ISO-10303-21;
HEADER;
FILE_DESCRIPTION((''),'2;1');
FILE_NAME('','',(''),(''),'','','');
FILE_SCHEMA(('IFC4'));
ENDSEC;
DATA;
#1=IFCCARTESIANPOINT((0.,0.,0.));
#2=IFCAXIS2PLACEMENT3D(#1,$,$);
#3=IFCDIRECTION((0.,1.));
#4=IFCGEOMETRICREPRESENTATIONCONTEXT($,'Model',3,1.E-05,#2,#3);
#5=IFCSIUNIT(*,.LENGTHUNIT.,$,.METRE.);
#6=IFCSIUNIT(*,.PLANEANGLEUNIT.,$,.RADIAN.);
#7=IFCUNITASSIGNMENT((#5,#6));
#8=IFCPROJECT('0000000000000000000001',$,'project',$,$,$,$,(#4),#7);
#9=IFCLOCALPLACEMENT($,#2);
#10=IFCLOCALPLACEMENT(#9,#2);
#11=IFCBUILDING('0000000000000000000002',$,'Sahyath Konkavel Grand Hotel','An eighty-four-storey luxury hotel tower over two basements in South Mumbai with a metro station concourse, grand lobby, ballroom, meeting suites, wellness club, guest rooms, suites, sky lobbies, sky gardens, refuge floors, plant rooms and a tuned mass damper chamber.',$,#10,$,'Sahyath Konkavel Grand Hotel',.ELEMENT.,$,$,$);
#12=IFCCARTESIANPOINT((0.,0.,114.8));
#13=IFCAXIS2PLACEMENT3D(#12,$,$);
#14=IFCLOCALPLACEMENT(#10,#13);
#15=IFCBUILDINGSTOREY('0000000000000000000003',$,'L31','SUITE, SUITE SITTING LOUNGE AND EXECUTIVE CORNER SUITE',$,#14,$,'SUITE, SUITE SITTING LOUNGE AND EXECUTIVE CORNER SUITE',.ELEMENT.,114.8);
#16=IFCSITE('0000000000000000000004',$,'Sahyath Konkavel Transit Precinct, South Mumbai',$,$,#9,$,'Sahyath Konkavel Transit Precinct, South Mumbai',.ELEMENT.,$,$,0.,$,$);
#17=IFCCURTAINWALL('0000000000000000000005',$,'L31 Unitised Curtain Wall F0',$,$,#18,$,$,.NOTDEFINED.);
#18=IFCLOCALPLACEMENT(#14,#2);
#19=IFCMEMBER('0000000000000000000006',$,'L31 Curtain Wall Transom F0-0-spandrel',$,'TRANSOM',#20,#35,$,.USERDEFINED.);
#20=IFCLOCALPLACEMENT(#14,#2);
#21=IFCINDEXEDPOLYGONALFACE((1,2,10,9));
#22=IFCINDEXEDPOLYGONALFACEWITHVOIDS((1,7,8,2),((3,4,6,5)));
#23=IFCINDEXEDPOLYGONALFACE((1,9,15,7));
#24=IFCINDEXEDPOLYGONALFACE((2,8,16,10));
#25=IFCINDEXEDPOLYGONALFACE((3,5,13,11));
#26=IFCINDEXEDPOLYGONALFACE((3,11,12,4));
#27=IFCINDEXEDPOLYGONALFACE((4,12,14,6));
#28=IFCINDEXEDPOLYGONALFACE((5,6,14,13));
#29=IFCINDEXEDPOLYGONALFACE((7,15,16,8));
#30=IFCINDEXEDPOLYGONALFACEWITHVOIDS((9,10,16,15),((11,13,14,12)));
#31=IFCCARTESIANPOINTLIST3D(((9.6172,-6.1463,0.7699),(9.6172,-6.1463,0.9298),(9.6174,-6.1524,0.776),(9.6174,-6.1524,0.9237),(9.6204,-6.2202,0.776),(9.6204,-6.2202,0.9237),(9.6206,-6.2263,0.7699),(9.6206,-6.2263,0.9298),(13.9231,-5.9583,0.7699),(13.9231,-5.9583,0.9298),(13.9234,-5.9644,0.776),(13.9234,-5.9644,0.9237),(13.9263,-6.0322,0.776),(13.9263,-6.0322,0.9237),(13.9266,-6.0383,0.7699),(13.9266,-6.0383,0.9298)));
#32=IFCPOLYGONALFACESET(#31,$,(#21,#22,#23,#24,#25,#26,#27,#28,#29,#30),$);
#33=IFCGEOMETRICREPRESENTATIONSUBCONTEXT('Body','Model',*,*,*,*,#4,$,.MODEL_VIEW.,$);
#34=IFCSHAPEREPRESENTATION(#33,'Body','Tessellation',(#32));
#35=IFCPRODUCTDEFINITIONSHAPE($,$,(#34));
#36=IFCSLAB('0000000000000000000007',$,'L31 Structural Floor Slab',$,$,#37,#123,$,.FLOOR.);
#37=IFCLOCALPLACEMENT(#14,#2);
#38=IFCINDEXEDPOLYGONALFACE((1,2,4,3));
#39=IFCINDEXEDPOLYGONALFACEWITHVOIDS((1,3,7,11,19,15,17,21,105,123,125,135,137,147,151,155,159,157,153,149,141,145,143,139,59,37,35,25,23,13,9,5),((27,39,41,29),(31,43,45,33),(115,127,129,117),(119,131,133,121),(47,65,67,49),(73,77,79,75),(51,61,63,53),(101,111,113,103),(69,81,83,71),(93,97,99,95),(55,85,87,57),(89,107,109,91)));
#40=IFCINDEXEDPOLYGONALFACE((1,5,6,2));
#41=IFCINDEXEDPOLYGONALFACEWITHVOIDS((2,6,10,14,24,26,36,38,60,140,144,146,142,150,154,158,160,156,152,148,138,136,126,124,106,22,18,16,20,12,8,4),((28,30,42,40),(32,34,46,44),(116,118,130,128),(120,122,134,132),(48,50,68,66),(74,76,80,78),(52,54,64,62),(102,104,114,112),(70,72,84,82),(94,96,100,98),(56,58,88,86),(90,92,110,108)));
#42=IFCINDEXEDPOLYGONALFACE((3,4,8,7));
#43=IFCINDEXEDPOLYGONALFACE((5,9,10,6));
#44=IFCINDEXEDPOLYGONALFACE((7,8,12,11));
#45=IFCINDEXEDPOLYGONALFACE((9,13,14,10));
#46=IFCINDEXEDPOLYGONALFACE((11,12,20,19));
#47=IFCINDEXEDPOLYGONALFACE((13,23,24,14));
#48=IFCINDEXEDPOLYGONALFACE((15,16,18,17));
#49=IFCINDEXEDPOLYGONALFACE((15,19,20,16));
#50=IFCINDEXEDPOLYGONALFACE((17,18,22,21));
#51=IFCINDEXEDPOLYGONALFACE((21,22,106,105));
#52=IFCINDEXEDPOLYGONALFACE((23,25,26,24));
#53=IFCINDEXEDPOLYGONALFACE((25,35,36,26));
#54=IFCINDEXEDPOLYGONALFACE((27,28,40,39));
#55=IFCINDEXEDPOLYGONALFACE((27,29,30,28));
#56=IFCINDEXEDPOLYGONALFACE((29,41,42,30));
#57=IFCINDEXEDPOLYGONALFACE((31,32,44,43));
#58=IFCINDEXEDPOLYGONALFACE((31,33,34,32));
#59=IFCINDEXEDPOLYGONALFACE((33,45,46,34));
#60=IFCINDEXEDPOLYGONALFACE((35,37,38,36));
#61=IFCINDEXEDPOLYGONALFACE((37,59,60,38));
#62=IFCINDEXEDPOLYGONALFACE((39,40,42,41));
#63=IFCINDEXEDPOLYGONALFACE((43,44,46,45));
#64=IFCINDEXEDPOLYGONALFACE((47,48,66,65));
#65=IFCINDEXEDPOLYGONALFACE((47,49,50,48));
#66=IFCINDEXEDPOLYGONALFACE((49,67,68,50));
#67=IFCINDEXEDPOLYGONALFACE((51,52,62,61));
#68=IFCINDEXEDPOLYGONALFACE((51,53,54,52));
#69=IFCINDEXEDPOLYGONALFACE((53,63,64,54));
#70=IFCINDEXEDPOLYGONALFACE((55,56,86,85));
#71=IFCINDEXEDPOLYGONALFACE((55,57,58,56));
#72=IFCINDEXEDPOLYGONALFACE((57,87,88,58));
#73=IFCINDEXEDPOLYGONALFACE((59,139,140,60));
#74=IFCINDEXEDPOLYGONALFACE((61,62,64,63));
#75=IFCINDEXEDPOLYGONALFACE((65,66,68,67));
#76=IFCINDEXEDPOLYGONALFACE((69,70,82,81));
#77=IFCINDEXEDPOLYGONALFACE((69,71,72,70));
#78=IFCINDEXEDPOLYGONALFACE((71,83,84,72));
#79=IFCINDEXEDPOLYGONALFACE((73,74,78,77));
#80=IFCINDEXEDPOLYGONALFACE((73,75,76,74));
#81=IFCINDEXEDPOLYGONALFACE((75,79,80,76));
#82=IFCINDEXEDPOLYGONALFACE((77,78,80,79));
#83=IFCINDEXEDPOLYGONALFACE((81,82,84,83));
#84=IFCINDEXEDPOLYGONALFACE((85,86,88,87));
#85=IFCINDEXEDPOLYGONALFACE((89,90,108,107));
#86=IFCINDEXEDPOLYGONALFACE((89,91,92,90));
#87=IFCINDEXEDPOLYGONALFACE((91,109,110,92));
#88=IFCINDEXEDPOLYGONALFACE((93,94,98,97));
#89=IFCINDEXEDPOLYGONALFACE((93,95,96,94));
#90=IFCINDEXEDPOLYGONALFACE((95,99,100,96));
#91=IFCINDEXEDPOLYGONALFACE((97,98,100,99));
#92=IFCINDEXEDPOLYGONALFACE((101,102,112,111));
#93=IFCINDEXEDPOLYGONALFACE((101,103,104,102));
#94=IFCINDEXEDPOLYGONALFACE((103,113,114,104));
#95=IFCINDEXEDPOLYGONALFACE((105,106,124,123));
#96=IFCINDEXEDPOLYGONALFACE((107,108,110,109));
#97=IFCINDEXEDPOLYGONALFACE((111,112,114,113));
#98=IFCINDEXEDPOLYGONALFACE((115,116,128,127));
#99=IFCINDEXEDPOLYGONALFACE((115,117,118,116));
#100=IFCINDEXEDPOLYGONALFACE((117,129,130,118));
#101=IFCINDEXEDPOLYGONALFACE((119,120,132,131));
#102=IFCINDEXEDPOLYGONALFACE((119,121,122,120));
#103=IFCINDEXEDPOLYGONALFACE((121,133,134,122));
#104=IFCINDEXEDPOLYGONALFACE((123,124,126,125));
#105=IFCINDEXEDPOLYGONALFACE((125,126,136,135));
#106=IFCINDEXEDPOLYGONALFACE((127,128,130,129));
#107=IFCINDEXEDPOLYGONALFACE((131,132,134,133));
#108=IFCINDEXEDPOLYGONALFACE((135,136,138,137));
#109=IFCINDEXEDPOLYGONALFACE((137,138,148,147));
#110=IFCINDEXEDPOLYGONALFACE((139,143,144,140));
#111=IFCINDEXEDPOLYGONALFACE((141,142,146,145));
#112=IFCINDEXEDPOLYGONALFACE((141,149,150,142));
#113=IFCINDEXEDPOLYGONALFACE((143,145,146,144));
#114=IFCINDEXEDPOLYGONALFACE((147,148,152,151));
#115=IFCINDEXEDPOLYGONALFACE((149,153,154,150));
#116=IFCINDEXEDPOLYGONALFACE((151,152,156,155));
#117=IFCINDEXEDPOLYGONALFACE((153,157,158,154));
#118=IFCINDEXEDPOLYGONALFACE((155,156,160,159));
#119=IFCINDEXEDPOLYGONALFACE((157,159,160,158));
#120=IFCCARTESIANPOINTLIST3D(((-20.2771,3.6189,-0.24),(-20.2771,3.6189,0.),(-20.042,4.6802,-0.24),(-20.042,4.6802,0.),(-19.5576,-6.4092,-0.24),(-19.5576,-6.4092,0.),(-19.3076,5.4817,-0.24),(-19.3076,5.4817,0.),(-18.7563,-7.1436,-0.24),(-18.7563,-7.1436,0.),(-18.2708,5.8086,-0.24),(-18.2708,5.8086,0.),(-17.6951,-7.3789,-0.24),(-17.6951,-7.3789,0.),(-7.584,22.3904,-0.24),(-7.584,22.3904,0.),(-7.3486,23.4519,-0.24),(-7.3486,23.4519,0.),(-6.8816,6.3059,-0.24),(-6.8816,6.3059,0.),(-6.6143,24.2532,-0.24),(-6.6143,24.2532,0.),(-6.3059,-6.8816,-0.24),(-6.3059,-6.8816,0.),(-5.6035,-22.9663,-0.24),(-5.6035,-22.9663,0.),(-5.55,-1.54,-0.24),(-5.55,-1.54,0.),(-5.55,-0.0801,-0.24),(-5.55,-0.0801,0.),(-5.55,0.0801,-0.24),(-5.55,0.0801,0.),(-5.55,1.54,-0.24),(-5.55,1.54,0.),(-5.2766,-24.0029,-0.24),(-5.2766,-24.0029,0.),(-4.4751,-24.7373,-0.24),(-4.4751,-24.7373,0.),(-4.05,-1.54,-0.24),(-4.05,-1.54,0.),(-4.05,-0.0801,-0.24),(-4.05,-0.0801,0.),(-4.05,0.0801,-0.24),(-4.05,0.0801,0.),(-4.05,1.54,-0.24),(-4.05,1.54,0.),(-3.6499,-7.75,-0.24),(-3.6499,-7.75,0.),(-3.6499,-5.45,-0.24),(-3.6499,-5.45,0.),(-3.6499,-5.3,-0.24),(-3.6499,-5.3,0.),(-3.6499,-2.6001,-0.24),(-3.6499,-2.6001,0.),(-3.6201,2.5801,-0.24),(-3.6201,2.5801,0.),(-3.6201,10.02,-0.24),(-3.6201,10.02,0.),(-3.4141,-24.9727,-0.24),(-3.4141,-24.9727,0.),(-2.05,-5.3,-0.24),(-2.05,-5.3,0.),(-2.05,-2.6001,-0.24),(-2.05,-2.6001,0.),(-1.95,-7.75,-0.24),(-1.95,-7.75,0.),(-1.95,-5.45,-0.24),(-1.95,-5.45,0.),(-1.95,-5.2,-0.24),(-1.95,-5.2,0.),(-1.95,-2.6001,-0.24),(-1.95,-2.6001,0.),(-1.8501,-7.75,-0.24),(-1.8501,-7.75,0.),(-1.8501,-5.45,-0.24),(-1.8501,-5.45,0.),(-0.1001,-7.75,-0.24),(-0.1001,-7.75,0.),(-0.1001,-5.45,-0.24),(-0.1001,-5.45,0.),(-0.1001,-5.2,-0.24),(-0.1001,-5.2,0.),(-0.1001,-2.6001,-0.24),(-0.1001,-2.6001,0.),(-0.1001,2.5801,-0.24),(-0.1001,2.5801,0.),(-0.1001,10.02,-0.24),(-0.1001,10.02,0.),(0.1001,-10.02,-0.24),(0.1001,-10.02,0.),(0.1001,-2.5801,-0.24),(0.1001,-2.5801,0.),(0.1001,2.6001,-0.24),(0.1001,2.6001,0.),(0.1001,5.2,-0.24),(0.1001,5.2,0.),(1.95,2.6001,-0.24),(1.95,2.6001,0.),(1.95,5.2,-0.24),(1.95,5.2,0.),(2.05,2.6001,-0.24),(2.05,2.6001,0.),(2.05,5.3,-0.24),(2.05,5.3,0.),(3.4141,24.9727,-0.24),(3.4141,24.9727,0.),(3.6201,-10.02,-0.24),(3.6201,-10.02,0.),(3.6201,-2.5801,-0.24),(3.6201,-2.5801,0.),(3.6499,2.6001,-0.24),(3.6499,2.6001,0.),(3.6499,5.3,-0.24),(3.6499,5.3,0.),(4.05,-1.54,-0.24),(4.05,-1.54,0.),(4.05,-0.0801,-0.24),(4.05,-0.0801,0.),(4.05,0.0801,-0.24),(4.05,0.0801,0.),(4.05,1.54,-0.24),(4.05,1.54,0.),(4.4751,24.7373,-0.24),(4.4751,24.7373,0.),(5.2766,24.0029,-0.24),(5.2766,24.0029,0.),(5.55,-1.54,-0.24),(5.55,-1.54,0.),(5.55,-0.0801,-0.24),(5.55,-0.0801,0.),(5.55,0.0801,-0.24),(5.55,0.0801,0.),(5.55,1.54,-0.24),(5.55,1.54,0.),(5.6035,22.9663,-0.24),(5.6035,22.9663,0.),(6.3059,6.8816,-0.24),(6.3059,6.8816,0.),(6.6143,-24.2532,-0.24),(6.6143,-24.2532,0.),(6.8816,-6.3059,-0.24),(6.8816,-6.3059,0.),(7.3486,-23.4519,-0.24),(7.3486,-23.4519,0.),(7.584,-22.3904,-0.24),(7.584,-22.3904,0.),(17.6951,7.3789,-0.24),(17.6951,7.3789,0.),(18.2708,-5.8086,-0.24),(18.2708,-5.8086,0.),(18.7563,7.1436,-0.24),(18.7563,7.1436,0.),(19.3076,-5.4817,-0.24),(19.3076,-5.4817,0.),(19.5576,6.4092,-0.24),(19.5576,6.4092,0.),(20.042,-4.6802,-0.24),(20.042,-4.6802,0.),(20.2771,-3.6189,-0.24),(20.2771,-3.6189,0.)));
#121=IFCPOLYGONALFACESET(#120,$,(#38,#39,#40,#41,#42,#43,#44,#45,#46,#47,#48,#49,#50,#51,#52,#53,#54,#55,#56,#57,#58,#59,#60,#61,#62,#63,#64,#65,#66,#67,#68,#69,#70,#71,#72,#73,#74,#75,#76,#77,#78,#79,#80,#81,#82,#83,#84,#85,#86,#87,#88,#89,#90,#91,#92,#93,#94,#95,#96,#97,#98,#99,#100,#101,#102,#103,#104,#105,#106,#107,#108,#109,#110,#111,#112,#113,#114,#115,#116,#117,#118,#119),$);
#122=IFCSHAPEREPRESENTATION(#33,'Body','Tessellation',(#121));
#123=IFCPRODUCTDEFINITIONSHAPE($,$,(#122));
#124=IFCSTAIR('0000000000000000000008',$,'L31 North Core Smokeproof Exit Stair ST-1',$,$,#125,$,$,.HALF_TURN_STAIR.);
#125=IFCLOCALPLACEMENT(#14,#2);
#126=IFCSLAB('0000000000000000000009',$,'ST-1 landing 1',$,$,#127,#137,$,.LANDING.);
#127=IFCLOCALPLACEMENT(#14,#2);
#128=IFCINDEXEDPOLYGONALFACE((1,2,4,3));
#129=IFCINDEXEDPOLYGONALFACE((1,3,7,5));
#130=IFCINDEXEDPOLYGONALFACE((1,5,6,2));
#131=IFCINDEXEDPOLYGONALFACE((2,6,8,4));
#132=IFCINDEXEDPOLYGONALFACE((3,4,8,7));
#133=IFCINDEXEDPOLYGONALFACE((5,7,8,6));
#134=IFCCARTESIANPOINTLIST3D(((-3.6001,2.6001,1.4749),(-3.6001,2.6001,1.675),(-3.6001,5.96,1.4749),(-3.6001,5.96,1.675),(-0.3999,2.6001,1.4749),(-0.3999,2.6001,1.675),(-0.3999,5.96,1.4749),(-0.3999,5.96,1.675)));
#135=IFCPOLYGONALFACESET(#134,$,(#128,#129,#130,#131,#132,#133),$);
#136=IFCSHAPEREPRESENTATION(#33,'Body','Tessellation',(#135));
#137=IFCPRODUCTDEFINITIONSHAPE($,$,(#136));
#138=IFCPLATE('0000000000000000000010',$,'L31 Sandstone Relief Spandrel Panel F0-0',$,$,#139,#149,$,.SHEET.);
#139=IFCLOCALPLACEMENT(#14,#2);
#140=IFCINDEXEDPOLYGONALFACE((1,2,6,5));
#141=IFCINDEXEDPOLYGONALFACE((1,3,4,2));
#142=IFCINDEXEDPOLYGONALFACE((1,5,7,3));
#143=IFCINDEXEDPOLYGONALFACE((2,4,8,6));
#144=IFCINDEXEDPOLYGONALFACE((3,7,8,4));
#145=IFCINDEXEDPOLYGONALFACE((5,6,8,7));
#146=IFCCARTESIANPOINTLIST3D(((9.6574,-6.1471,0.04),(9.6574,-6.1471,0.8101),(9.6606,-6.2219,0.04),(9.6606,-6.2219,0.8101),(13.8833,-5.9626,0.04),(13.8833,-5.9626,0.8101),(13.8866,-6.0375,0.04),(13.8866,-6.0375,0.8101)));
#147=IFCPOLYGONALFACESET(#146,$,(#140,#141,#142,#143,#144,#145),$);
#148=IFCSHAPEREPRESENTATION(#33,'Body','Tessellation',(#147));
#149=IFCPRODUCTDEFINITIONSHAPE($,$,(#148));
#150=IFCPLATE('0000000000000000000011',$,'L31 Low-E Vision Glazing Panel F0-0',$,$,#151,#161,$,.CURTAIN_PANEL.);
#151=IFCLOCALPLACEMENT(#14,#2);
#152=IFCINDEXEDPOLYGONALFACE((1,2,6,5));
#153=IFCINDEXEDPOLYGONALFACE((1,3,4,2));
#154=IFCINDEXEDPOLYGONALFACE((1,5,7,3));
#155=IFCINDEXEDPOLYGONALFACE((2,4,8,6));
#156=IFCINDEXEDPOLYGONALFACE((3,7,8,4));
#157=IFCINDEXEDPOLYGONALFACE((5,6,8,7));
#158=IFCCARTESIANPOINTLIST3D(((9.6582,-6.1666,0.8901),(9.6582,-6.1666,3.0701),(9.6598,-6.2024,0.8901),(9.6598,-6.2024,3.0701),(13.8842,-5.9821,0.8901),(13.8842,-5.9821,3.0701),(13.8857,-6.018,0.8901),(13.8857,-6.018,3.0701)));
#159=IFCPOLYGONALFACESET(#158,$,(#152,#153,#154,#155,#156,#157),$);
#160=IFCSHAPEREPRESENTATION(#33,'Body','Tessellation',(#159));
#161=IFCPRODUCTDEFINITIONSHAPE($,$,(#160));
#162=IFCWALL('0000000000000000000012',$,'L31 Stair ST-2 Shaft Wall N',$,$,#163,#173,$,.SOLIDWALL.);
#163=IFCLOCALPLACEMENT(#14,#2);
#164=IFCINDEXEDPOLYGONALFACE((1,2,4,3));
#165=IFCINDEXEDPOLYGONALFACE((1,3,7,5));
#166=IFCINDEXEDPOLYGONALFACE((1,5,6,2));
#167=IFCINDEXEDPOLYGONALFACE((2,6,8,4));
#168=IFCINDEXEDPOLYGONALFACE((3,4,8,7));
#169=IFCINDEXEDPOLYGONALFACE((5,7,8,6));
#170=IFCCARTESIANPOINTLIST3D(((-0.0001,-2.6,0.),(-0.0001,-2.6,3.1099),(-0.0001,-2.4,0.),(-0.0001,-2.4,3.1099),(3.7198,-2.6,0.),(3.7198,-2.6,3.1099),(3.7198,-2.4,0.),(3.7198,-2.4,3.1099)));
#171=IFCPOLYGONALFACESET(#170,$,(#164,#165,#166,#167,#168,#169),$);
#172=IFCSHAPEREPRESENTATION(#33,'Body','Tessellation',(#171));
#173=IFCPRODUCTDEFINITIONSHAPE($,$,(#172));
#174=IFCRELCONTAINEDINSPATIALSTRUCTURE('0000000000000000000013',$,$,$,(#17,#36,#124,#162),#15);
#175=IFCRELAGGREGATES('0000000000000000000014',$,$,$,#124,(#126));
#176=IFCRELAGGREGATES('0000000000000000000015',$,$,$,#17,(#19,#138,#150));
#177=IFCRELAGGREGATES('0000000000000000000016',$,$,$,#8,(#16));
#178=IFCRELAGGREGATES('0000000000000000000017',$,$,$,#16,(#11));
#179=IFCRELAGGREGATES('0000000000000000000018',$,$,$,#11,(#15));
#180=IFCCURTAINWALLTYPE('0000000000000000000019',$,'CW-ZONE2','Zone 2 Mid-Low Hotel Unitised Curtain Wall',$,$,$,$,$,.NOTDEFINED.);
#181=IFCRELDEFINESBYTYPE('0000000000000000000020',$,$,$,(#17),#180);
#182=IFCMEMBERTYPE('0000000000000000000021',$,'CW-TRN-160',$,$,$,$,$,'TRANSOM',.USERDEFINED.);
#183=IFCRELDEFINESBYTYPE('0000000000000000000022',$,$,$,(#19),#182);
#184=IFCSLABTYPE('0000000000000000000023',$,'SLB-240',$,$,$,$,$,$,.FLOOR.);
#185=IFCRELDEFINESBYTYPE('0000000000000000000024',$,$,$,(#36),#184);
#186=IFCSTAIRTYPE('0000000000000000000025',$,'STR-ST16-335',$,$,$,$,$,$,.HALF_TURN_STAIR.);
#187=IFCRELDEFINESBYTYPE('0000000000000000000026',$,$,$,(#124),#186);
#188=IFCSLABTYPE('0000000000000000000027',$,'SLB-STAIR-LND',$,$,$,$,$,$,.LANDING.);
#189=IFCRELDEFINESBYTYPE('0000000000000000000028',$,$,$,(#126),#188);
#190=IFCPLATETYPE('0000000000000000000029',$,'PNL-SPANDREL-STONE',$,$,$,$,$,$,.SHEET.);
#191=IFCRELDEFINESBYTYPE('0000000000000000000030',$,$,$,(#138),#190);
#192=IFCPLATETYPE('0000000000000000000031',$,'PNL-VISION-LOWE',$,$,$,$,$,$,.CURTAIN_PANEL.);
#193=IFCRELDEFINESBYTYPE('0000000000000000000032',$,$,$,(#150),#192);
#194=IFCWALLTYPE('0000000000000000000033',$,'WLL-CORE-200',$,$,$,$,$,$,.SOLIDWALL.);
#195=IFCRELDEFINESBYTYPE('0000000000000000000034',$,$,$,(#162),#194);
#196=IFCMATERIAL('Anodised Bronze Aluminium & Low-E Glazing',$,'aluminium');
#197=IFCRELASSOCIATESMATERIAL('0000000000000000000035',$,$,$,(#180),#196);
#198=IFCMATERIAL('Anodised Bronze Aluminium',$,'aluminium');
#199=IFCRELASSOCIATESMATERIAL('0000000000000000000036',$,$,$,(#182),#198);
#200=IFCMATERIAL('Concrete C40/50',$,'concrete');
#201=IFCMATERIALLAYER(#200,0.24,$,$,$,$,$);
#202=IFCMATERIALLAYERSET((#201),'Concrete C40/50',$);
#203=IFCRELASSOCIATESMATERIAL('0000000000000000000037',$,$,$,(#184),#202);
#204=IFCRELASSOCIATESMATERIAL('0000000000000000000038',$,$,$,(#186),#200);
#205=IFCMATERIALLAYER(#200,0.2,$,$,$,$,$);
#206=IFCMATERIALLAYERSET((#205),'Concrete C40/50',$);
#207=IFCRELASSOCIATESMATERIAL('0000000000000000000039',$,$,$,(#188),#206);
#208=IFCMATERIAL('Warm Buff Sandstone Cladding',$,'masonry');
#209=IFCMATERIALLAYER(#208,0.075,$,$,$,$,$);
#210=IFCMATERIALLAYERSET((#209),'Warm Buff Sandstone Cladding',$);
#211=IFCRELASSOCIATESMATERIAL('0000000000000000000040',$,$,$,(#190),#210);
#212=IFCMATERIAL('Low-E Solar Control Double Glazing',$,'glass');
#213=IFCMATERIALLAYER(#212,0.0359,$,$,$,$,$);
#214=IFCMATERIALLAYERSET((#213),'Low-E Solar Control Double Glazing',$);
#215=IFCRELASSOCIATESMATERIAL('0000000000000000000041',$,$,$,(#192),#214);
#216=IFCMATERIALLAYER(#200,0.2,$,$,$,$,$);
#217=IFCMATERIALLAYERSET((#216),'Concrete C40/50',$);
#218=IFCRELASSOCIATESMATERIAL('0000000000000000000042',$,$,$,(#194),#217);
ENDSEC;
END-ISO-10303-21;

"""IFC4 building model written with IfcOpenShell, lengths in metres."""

from ifc_helpers import new_model, si_unit, direction, frame, frame_2d, origin, origin_2d, place, context, subcontext, project, spatial, polyline, rectangle, hollow_rectangle, outline, extrude, source, transform, mapped, material, layer, layer_set, material_profile, profile_set, type_object, element, aggregate, save


model = new_model("IFC4")

# Units and contexts
model_context = context("Model", 3, precision=1e-05, world=origin(), true_north=direction((0.0, 1.0)))
body_context = subcontext(model_context, "Body", "Model", "MODEL_VIEW")
ifc_project = project(units=[si_unit("LENGTHUNIT", "METRE"), si_unit("PLANEANGLEUNIT", "RADIAN")], contexts=[model_context])

# Site, building, storey
site_placement = place(None, origin())
site = spatial("IfcSite", under=ifc_project, at=site_placement, Name="Sahyath Konkavel Transit Precinct, South Mumbai", LongName="Sahyath Konkavel Transit Precinct, South Mumbai", CompositionType="ELEMENT", RefElevation=0.0)
building_placement = place(site_placement, origin())
building = spatial("IfcBuilding", under=site, at=building_placement, Name="Sahyath Konkavel Grand Hotel", Description="An eighty-four-storey luxury hotel tower over two basements in South Mumbai with a metro station concourse, grand lobby, ballroom, meeting suites, wellness club, guest rooms, suites, sky lobbies, sky gardens, refuge floors, plant rooms and a tuned mass damper chamber.", LongName="Sahyath Konkavel Grand Hotel", CompositionType="ELEMENT")
storey_placement = place(building_placement, frame((0.0, 0.0, 114.8)))
storey = spatial("IfcBuildingStorey", under=building, at=storey_placement, Name="L31", Description="SUITE, SUITE SITTING LOUNGE AND EXECUTIVE CORNER SUITE", LongName="SUITE, SUITE SITTING LOUNGE AND EXECUTIVE CORNER SUITE", CompositionType="ELEMENT", Elevation=114.8)

# Curtain wall, member
ifc_material_1 = material(Name="Anodised Bronze Aluminium & Low-E Glazing", Category="aluminium")
curtain_wall_type = type_object("IfcCurtainWallType", Name="CW-ZONE2", Description="Zone 2 Mid-Low Hotel Unitised Curtain Wall", PredefinedType="NOTDEFINED", material=ifc_material_1)
curtain_wall_placement = place(storey_placement, origin())
curtain_wall = element("IfcCurtainWall", 1, at=curtain_wall_placement, inside=storey, type_object=curtain_wall_type, Name="L31 Unitised Curtain Wall F0", PredefinedType="NOTDEFINED")
ifc_material_2 = material(Name="Anodised Bronze Aluminium", Category="aluminium")
ifc_material_profile_1 = material_profile(ifc_material_2, hollow_rectangle(XDim=0.0801, YDim=0.1599, WallThickness=0.0061, at=origin_2d()), Name="RHS 160x80x6")
ifc_profile_set_1 = profile_set([ifc_material_profile_1], Name="Anodised Bronze Aluminium")
member_type_1 = type_object("IfcMemberType", Name="CW-TRN-160", ElementType="TRANSOM", PredefinedType="USERDEFINED", material=ifc_profile_set_1)
shared_shape_1 = source(origin(), body_context, "Body", "SweptSolid", [
    extrude(hollow_rectangle(XDim=0.0801, YDim=0.1599, WallThickness=0.0061, at=origin_2d()), origin(), (0.0, 0.0, 1.0), 4.3101),
])
member_1_placement = place(storey_placement, frame((9.6189, -6.1863, 0.8499), z_axis=(0.999048, 0.043617, 0.0), x_axis=(-0.043617, 0.999048, 0.0)))
member_1 = element("IfcMember", 2, at=member_1_placement, type_object=member_type_1, Name="L31 Curtain Wall Transom F0-0-spandrel", ObjectType="TRANSOM", PredefinedType="USERDEFINED", context=body_context, shape_type="MappedRepresentation", body=[
    mapped(shared_shape_1, transform((0.0, 0.0, 0.0), scale=1.0)),
])

# Slab
ifc_material_3 = material(Name="Concrete C40/50", Category="concrete")
ifc_layer_1 = layer(ifc_material_3, 0.24)
ifc_layer_set_1 = layer_set([ifc_layer_1], Name="Concrete C40/50")
slab_type_1 = type_object("IfcSlabType", Name="SLB-240", PredefinedType="FLOOR", material=ifc_layer_set_1)
slab_1_placement = place(storey_placement, frame((0.0, 0.0, -0.24)))
element("IfcSlab", 3, at=slab_1_placement, inside=storey, type_object=slab_type_1, Name="L31 Structural Floor Slab", PredefinedType="FLOOR", context=body_context, shape_type="SweptSolid", body=[
    extrude(outline(polyline([(6.8816, -6.3059), (18.2708, -5.8086), (19.3076, -5.4817), (20.042, -4.6802), (20.2771, -3.6189), (19.5576, 6.4092), (18.7563, 7.1436), (17.6951, 7.3789), (6.3059, 6.8816), (5.6035, 22.9663), (5.2766, 24.0029), (4.4751, 24.7373), (3.4141, 24.9727), (-6.6143, 24.2532), (-7.3486, 23.4519), (-7.584, 22.3904), (-6.8816, 6.3059), (-18.2708, 5.8086), (-19.3076, 5.4817), (-20.042, 4.6802), (-20.2771, 3.6189), (-19.5576, -6.4092), (-18.7563, -7.1436), (-17.6951, -7.3789), (-6.3059, -6.8816), (-5.6035, -22.9663), (-5.2766, -24.0029), (-4.4751, -24.7373), (-3.4141, -24.9727), (6.6143, -24.2532), (7.3486, -23.4519), (7.584, -22.3904), (6.8816, -6.3059)]), holes=[polyline([(-3.6201, 2.5801), (-0.1001, 2.5801), (-0.1001, 10.02), (-3.6201, 10.02), (-3.6201, 2.5801)]), polyline([(0.1001, -10.02), (3.6201, -10.02), (3.6201, -2.5801), (0.1001, -2.5801), (0.1001, -10.02)]), polyline([(0.1001, 2.6001), (1.95, 2.6001), (1.95, 5.2), (0.1001, 5.2), (0.1001, 2.6001)]), polyline([(-1.95, -5.2), (-0.1001, -5.2), (-0.1001, -2.6001), (-1.95, -2.6001), (-1.95, -5.2)]), polyline([(2.05, 2.6001), (3.6499, 2.6001), (3.6499, 5.3), (2.05, 5.3), (2.05, 2.6001)]), polyline([(-3.6499, -5.3), (-2.05, -5.3), (-2.05, -2.6001), (-3.6499, -2.6001), (-3.6499, -5.3)]), polyline([(-3.6499, -7.75), (-1.95, -7.75), (-1.95, -5.45), (-3.6499, -5.45), (-3.6499, -7.75)]), polyline([(-1.8501, -7.75), (-0.1001, -7.75), (-0.1001, -5.45), (-1.8501, -5.45), (-1.8501, -7.75)]), polyline([(4.05, 0.0801), (5.55, 0.0801), (5.55, 1.54), (4.05, 1.54), (4.05, 0.0801)]), polyline([(4.05, -1.54), (5.55, -1.54), (5.55, -0.0801), (4.05, -0.0801), (4.05, -1.54)]), polyline([(-5.55, 0.0801), (-4.05, 0.0801), (-4.05, 1.54), (-5.55, 1.54), (-5.55, 0.0801)]), polyline([(-5.55, -1.54), (-4.05, -1.54), (-4.05, -0.0801), (-5.55, -0.0801), (-5.55, -1.54)])]), origin(), (0.0, 0.0, 1.0), 0.24),
])

# Stair, slab
stair_type = type_object("IfcStairType", Name="STR-ST16-335", PredefinedType="HALF_TURN_STAIR", material=ifc_material_3)
stair_1_placement = place(storey_placement, origin())
stair_1 = element("IfcStair", 4, at=stair_1_placement, inside=storey, type_object=stair_type, Name="L31 North Core Smokeproof Exit Stair ST-1", PredefinedType="HALF_TURN_STAIR")
ifc_layer_2 = layer(ifc_material_3, 0.2)
ifc_layer_set_2 = layer_set([ifc_layer_2], Name="Concrete C40/50")
slab_type_2 = type_object("IfcSlabType", Name="SLB-STAIR-LND", PredefinedType="LANDING", material=ifc_layer_set_2)
slab_2_placement = place(storey_placement, frame((0.0, 0.0, 1.4749)))
slab_2 = element("IfcSlab", 5, at=slab_2_placement, type_object=slab_type_2, Name="ST-1 landing 1", PredefinedType="LANDING", context=body_context, shape_type="SweptSolid", body=[
    extrude(outline(polyline([(-3.6001, 5.96), (-3.6001, 2.6001), (-0.3999, 2.6001), (-0.3999, 5.96), (-3.6001, 5.96)])), origin(), (0.0, 0.0, 1.0), 0.2002),
])
aggregate(stair_1, [slab_2])

# Plates
ifc_material_4 = material(Name="Warm Buff Sandstone Cladding", Category="masonry")
ifc_layer_3 = layer(ifc_material_4, 0.075)
ifc_layer_set_3 = layer_set([ifc_layer_3], Name="Warm Buff Sandstone Cladding")
plate_type_1 = type_object("IfcPlateType", Name="PNL-SPANDREL-STONE", PredefinedType="SHEET", material=ifc_layer_set_3)
shared_shape_2 = source(origin(), body_context, "Body", "SweptSolid", [
    extrude(rectangle(XDim=4.23, YDim=0.075, at=origin_2d()), origin(), (0.0, 0.0, 1.0), 0.77),
])
plate_1_placement = place(storey_placement, frame((11.772, -6.0923, 0.04), z_axis=(0.0, 0.0, 1.0), x_axis=(0.999049, 0.043602, 0.0)))
plate_1 = element("IfcPlate", 6, at=plate_1_placement, type_object=plate_type_1, Name="L31 Sandstone Relief Spandrel Panel F0-0", PredefinedType="SHEET", context=body_context, shape_type="MappedRepresentation", body=[
    mapped(shared_shape_2, transform((0.0, 0.0, 0.0), scale=1.0)),
])
ifc_material_5 = material(Name="Low-E Solar Control Double Glazing", Category="glass")
ifc_layer_4 = layer(ifc_material_5, 0.0359)
ifc_layer_set_4 = layer_set([ifc_layer_4], Name="Low-E Solar Control Double Glazing")
plate_type_2 = type_object("IfcPlateType", Name="PNL-VISION-LOWE", PredefinedType="CURTAIN_PANEL", material=ifc_layer_set_4)
shared_shape_3 = source(origin(), body_context, "Body", "SweptSolid", [
    extrude(rectangle(XDim=4.23, YDim=0.0359, at=origin_2d()), origin(), (0.0, 0.0, 1.0), 2.1799),
])
plate_2_placement = place(storey_placement, frame((11.772, -6.0923, 0.8901), z_axis=(0.0, 0.0, 1.0), x_axis=(0.999049, 0.043602, 0.0)))
plate_2 = element("IfcPlate", 7, at=plate_2_placement, type_object=plate_type_2, Name="L31 Low-E Vision Glazing Panel F0-0", PredefinedType="CURTAIN_PANEL", context=body_context, shape_type="MappedRepresentation", body=[
    mapped(shared_shape_3, transform((0.0, 0.0, 0.0), scale=1.0)),
])
aggregate(curtain_wall, [member_1, plate_1, plate_2])

# Wall
ifc_layer_5 = layer(ifc_material_3, 0.2)
ifc_layer_set_5 = layer_set([ifc_layer_5], Name="Concrete C40/50")
wall_type_1 = type_object("IfcWallType", Name="WLL-CORE-200", PredefinedType="SOLIDWALL", material=ifc_layer_set_5)
wall_1_placement = place(storey_placement, frame((0.0, -2.5, 0.0), z_axis=(0.0, 0.0, 1.0), x_axis=(1.0, 0.0, 0.0)))
element("IfcWall", 8, at=wall_1_placement, inside=storey, type_object=wall_type_1, Name="L31 Stair ST-2 Shaft Wall N", PredefinedType="SOLIDWALL", context=body_context, shape_type="SweptSolid", body=[
    extrude(rectangle(XDim=3.72, YDim=0.2, at=frame_2d((1.8599, 0.0))), origin(), (0.0, 0.0, 1.0), 3.1099),
])

save(model, "model.ifc")
